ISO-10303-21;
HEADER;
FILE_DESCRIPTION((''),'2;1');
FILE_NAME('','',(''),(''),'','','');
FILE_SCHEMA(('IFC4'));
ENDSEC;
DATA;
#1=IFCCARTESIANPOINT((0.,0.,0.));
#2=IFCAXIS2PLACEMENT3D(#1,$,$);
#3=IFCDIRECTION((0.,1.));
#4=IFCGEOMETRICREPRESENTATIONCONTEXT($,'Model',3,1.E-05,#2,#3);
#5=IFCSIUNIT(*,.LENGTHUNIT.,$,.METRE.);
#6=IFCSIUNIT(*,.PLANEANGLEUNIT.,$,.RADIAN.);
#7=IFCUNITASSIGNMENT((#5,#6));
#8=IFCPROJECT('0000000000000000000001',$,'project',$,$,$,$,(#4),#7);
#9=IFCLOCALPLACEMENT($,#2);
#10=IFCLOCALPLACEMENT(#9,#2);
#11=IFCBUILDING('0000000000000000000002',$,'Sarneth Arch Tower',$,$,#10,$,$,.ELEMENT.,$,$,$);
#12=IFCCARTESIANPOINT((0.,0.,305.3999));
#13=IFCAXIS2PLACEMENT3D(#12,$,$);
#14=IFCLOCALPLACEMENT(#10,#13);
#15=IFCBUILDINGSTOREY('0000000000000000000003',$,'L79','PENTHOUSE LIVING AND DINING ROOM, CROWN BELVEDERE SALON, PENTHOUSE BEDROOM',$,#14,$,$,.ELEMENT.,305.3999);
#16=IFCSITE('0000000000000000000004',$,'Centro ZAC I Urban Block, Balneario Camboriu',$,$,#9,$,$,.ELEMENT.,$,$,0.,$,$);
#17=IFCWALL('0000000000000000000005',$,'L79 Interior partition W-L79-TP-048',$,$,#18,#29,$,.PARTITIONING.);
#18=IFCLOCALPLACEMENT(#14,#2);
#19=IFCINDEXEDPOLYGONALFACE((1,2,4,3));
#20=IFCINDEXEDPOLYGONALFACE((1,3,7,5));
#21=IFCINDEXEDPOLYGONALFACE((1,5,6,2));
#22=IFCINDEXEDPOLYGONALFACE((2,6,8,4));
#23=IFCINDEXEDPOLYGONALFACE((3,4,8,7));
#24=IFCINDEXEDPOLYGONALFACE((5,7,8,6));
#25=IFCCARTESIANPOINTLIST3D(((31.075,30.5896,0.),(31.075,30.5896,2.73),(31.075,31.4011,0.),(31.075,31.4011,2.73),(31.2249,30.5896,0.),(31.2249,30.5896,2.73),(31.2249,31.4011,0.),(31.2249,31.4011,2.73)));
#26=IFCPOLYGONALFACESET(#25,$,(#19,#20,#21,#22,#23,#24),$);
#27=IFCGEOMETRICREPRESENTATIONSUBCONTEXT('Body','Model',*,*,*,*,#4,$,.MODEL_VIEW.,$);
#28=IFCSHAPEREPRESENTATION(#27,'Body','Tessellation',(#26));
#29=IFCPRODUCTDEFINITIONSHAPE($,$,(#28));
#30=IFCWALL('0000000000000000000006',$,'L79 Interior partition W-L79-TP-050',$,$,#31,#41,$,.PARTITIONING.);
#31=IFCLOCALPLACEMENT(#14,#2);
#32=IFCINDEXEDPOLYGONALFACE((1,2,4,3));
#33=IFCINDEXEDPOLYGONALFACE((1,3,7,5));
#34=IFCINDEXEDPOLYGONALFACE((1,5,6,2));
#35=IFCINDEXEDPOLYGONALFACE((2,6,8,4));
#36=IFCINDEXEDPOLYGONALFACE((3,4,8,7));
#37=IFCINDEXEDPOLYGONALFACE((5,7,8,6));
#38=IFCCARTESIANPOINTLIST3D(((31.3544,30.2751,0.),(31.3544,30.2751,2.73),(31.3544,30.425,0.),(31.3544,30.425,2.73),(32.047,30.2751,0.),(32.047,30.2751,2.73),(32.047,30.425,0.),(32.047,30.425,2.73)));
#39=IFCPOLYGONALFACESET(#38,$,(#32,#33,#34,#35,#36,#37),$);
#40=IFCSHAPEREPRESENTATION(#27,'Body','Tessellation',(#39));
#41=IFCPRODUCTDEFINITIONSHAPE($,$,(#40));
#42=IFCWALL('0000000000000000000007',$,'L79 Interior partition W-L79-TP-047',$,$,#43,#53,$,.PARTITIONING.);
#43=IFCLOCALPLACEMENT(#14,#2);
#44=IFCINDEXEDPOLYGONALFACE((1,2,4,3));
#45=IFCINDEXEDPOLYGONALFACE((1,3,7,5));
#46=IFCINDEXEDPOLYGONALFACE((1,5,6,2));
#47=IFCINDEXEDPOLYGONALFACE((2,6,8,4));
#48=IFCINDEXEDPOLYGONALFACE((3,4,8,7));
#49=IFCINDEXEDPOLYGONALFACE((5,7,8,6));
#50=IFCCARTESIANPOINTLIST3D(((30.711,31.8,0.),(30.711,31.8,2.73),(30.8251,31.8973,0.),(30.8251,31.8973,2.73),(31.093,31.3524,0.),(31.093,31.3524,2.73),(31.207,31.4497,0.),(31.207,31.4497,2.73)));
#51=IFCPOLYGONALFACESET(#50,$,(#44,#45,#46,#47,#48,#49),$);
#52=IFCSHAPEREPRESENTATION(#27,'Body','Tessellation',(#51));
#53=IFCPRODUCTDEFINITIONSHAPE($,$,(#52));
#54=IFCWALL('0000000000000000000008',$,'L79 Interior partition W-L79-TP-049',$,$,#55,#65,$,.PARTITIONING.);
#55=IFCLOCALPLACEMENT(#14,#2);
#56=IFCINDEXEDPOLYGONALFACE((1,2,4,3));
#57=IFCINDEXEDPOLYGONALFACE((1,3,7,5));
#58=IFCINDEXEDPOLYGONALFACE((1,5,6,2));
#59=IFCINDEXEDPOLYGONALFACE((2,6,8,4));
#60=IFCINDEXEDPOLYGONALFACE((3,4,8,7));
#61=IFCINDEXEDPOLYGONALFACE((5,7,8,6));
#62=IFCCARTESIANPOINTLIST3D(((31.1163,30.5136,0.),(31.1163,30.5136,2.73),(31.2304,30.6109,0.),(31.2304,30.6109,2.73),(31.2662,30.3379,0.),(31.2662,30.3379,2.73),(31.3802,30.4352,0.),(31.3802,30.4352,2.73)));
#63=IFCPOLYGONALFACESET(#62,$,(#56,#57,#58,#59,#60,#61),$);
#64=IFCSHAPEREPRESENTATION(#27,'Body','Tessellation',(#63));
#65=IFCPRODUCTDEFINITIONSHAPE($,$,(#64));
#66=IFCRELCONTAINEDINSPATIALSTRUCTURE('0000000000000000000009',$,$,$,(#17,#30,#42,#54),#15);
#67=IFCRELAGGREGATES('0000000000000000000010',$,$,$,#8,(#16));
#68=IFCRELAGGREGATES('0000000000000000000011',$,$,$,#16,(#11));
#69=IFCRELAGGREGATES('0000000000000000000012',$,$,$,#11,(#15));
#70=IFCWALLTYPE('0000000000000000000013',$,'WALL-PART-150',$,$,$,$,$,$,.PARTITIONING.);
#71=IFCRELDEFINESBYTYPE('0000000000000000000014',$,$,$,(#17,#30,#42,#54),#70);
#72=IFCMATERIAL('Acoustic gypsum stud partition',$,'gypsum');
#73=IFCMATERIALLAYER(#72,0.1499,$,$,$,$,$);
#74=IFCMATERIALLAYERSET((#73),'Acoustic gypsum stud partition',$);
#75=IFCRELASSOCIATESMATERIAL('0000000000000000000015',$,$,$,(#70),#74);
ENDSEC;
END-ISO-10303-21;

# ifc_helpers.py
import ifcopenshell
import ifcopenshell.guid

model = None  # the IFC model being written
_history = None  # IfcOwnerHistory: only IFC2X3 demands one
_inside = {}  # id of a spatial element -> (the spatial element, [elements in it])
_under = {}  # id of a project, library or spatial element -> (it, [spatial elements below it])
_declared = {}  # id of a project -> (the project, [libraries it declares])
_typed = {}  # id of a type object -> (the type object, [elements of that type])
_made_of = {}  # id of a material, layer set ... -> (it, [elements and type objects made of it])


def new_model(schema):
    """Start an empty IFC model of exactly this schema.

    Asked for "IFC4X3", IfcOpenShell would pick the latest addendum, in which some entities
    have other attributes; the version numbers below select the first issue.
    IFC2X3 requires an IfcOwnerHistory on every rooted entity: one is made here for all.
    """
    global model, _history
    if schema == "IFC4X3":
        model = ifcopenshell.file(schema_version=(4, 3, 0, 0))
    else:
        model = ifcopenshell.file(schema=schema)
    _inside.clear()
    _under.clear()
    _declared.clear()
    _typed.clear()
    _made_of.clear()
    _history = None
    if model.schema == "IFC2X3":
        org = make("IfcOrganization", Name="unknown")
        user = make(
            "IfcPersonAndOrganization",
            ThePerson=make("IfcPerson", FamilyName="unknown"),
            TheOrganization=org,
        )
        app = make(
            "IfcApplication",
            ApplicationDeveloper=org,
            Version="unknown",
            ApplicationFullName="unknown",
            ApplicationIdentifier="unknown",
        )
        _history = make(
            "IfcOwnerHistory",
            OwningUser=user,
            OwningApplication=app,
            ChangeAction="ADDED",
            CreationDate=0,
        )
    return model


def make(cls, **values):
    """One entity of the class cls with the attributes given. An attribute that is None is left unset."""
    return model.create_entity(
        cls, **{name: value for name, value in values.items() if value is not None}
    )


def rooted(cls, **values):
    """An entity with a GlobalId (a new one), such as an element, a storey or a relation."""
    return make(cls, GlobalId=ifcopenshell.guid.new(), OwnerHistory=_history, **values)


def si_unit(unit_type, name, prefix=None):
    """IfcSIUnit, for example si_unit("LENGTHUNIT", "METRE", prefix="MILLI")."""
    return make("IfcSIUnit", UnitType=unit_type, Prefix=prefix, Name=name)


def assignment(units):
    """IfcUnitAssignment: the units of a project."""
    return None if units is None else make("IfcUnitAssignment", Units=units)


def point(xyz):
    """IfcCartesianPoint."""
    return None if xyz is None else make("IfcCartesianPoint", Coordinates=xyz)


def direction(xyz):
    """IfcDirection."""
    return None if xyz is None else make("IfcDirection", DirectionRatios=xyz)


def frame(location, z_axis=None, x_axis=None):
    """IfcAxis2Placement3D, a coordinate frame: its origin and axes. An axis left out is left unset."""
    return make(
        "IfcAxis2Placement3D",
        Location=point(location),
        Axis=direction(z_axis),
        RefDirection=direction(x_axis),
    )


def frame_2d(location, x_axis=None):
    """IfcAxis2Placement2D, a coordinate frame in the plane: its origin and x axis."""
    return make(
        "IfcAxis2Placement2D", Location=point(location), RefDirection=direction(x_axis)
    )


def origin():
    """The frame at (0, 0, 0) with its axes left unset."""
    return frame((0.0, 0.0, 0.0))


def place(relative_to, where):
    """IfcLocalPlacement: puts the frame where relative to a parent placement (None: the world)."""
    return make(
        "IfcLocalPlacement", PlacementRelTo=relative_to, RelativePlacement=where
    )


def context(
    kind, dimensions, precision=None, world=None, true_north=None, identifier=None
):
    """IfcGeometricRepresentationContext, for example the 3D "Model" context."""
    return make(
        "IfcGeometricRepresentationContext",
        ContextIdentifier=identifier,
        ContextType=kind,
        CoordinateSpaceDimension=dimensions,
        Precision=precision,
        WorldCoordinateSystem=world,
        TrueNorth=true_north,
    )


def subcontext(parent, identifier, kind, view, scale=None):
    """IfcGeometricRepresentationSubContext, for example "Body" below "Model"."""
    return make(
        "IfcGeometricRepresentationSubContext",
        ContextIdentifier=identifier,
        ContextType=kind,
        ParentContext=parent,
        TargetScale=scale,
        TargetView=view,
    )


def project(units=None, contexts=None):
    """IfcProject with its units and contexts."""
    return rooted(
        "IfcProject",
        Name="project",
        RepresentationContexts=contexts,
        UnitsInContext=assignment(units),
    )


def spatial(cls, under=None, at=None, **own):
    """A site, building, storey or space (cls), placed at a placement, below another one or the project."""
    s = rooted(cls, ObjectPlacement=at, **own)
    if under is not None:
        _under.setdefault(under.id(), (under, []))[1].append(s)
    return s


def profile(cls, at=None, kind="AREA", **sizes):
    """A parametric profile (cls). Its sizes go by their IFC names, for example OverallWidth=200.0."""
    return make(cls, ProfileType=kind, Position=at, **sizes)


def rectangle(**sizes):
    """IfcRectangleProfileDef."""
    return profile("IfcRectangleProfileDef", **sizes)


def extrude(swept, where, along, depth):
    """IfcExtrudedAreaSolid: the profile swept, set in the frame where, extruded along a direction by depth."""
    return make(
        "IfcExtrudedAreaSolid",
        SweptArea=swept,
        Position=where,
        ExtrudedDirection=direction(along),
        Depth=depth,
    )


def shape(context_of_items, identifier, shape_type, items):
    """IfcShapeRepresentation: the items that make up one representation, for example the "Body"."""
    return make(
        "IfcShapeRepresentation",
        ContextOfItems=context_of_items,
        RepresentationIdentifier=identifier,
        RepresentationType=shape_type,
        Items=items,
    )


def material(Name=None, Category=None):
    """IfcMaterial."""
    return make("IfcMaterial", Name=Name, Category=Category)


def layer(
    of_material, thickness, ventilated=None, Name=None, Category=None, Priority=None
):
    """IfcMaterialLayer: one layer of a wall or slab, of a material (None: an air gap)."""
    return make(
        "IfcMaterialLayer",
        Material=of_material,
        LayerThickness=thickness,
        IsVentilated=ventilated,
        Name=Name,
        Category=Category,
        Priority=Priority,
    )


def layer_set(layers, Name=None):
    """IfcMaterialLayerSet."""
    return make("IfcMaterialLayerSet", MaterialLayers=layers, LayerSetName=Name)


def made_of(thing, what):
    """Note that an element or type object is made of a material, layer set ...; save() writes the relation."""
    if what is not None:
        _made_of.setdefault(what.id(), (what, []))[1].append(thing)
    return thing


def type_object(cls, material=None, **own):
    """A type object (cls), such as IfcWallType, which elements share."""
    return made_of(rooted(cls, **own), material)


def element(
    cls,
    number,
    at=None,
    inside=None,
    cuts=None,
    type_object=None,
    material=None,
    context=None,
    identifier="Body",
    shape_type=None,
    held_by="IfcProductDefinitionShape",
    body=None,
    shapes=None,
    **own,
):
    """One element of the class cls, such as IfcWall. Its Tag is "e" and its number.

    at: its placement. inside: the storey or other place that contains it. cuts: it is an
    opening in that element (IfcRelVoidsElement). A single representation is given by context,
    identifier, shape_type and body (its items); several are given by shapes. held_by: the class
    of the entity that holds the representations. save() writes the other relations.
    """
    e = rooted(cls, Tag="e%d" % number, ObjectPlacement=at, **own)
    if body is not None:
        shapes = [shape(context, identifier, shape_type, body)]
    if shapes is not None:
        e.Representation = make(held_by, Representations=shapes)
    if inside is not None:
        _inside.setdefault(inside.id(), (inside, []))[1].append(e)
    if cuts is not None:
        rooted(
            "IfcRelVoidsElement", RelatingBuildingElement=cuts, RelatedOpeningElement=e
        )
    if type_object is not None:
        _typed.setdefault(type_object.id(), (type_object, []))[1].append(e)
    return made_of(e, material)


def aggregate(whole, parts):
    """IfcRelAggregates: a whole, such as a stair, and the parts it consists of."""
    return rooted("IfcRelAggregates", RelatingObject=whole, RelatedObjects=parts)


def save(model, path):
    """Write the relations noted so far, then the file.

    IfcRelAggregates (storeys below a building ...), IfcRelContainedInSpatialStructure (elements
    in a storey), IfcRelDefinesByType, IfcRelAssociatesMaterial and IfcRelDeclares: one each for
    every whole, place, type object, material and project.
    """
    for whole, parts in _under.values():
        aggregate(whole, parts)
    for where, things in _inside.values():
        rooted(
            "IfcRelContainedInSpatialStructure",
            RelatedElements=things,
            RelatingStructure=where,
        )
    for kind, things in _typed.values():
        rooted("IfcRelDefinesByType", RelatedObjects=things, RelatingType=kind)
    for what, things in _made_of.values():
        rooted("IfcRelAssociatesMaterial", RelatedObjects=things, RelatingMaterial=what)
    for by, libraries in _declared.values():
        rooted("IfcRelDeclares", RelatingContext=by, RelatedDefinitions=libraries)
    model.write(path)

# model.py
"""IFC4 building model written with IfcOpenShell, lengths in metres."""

from ifc_helpers import new_model, si_unit, direction, frame, frame_2d, origin, place, context, subcontext, project, spatial, rectangle, extrude, material, layer, layer_set, type_object, element, save


model = new_model("IFC4")

# Units and contexts
model_context = context("Model", 3, precision=1e-05, world=origin(), true_north=direction((0.0, 1.0)))
body_context = subcontext(model_context, "Body", "Model", "MODEL_VIEW")
ifc_project = project(units=[si_unit("LENGTHUNIT", "METRE"), si_unit("PLANEANGLEUNIT", "RADIAN")], contexts=[model_context])

# Site, building, storey
site_placement = place(None, origin())
site = spatial("IfcSite", under=ifc_project, at=site_placement, Name="Centro ZAC I Urban Block, Balneario Camboriu", CompositionType="ELEMENT", RefElevation=0.0)
building_placement = place(site_placement, origin())
building = spatial("IfcBuilding", under=site, at=building_placement, Name="Sarneth Arch Tower", CompositionType="ELEMENT")
storey_placement = place(building_placement, frame((0.0, 0.0, 305.3999)))
storey = spatial("IfcBuildingStorey", under=building, at=storey_placement, Name="L79", Description="PENTHOUSE LIVING AND DINING ROOM, CROWN BELVEDERE SALON, PENTHOUSE BEDROOM", CompositionType="ELEMENT", Elevation=305.3999)

# Shared definitions
ifc_material_1 = material(Name="Acoustic gypsum stud partition", Category="gypsum")
ifc_layer_1 = layer(ifc_material_1, 0.1499)
ifc_layer_set_1 = layer_set([ifc_layer_1], Name="Acoustic gypsum stud partition")
wall_type_1 = type_object("IfcWallType", Name="WALL-PART-150", PredefinedType="PARTITIONING", material=ifc_layer_set_1)

# Walls
wall_1_placement = place(storey_placement, frame((31.1499, 31.4011, 0.0), z_axis=(0.0, 0.0, 1.0), x_axis=(0.0, -1.0, 0.0)))
element("IfcWall", 1, at=wall_1_placement, inside=storey, type_object=wall_type_1, Name="L79 Interior partition W-L79-TP-048", PredefinedType="PARTITIONING", context=body_context, shape_type="SweptSolid", body=[
    extrude(rectangle(XDim=0.8115, YDim=0.1499, at=frame_2d((0.4058, 0.0))), origin(), (0.0, 0.0, 1.0), 2.73),
])
wall_2_placement = place(storey_placement, frame((31.3545, 30.3501, 0.0), z_axis=(0.0, 0.0, 1.0), x_axis=(1.0, 0.0, 0.0)))
element("IfcWall", 2, at=wall_2_placement, inside=storey, type_object=wall_type_1, Name="L79 Interior partition W-L79-TP-050", PredefinedType="PARTITIONING", context=body_context, shape_type="SweptSolid", body=[
    extrude(rectangle(XDim=0.6926, YDim=0.1499, at=frame_2d((0.3462, 0.0))), origin(), (0.0, 0.0, 1.0), 2.73),
])
wall_3_placement = place(storey_placement, frame((30.7681, 31.8486, 0.0), z_axis=(0.0, 0.0, 1.0), x_axis=(0.649081, -0.760719, 0.0)))
element("IfcWall", 3, at=wall_3_placement, inside=storey, type_object=wall_type_1, Name="L79 Interior partition W-L79-TP-047", PredefinedType="PARTITIONING", context=body_context, shape_type="SweptSolid", body=[
    extrude(rectangle(XDim=0.5884, YDim=0.1499, at=frame_2d((0.2942, 0.0))), origin(), (0.0, 0.0, 1.0), 2.73),
])
wall_4_placement = place(storey_placement, frame((31.1733, 30.5623, 0.0), z_axis=(0.0, 0.0, 1.0), x_axis=(0.648875, -0.760895, 0.0)))
element("IfcWall", 4, at=wall_4_placement, inside=storey, type_object=wall_type_1, Name="L79 Interior partition W-L79-TP-049", PredefinedType="PARTITIONING", context=body_context, shape_type="SweptSolid", body=[
    extrude(rectangle(XDim=0.231, YDim=0.1499, at=frame_2d((0.1155, 0.0))), origin(), (0.0, 0.0, 1.0), 2.73),
])

save(model, "model.ifc")
